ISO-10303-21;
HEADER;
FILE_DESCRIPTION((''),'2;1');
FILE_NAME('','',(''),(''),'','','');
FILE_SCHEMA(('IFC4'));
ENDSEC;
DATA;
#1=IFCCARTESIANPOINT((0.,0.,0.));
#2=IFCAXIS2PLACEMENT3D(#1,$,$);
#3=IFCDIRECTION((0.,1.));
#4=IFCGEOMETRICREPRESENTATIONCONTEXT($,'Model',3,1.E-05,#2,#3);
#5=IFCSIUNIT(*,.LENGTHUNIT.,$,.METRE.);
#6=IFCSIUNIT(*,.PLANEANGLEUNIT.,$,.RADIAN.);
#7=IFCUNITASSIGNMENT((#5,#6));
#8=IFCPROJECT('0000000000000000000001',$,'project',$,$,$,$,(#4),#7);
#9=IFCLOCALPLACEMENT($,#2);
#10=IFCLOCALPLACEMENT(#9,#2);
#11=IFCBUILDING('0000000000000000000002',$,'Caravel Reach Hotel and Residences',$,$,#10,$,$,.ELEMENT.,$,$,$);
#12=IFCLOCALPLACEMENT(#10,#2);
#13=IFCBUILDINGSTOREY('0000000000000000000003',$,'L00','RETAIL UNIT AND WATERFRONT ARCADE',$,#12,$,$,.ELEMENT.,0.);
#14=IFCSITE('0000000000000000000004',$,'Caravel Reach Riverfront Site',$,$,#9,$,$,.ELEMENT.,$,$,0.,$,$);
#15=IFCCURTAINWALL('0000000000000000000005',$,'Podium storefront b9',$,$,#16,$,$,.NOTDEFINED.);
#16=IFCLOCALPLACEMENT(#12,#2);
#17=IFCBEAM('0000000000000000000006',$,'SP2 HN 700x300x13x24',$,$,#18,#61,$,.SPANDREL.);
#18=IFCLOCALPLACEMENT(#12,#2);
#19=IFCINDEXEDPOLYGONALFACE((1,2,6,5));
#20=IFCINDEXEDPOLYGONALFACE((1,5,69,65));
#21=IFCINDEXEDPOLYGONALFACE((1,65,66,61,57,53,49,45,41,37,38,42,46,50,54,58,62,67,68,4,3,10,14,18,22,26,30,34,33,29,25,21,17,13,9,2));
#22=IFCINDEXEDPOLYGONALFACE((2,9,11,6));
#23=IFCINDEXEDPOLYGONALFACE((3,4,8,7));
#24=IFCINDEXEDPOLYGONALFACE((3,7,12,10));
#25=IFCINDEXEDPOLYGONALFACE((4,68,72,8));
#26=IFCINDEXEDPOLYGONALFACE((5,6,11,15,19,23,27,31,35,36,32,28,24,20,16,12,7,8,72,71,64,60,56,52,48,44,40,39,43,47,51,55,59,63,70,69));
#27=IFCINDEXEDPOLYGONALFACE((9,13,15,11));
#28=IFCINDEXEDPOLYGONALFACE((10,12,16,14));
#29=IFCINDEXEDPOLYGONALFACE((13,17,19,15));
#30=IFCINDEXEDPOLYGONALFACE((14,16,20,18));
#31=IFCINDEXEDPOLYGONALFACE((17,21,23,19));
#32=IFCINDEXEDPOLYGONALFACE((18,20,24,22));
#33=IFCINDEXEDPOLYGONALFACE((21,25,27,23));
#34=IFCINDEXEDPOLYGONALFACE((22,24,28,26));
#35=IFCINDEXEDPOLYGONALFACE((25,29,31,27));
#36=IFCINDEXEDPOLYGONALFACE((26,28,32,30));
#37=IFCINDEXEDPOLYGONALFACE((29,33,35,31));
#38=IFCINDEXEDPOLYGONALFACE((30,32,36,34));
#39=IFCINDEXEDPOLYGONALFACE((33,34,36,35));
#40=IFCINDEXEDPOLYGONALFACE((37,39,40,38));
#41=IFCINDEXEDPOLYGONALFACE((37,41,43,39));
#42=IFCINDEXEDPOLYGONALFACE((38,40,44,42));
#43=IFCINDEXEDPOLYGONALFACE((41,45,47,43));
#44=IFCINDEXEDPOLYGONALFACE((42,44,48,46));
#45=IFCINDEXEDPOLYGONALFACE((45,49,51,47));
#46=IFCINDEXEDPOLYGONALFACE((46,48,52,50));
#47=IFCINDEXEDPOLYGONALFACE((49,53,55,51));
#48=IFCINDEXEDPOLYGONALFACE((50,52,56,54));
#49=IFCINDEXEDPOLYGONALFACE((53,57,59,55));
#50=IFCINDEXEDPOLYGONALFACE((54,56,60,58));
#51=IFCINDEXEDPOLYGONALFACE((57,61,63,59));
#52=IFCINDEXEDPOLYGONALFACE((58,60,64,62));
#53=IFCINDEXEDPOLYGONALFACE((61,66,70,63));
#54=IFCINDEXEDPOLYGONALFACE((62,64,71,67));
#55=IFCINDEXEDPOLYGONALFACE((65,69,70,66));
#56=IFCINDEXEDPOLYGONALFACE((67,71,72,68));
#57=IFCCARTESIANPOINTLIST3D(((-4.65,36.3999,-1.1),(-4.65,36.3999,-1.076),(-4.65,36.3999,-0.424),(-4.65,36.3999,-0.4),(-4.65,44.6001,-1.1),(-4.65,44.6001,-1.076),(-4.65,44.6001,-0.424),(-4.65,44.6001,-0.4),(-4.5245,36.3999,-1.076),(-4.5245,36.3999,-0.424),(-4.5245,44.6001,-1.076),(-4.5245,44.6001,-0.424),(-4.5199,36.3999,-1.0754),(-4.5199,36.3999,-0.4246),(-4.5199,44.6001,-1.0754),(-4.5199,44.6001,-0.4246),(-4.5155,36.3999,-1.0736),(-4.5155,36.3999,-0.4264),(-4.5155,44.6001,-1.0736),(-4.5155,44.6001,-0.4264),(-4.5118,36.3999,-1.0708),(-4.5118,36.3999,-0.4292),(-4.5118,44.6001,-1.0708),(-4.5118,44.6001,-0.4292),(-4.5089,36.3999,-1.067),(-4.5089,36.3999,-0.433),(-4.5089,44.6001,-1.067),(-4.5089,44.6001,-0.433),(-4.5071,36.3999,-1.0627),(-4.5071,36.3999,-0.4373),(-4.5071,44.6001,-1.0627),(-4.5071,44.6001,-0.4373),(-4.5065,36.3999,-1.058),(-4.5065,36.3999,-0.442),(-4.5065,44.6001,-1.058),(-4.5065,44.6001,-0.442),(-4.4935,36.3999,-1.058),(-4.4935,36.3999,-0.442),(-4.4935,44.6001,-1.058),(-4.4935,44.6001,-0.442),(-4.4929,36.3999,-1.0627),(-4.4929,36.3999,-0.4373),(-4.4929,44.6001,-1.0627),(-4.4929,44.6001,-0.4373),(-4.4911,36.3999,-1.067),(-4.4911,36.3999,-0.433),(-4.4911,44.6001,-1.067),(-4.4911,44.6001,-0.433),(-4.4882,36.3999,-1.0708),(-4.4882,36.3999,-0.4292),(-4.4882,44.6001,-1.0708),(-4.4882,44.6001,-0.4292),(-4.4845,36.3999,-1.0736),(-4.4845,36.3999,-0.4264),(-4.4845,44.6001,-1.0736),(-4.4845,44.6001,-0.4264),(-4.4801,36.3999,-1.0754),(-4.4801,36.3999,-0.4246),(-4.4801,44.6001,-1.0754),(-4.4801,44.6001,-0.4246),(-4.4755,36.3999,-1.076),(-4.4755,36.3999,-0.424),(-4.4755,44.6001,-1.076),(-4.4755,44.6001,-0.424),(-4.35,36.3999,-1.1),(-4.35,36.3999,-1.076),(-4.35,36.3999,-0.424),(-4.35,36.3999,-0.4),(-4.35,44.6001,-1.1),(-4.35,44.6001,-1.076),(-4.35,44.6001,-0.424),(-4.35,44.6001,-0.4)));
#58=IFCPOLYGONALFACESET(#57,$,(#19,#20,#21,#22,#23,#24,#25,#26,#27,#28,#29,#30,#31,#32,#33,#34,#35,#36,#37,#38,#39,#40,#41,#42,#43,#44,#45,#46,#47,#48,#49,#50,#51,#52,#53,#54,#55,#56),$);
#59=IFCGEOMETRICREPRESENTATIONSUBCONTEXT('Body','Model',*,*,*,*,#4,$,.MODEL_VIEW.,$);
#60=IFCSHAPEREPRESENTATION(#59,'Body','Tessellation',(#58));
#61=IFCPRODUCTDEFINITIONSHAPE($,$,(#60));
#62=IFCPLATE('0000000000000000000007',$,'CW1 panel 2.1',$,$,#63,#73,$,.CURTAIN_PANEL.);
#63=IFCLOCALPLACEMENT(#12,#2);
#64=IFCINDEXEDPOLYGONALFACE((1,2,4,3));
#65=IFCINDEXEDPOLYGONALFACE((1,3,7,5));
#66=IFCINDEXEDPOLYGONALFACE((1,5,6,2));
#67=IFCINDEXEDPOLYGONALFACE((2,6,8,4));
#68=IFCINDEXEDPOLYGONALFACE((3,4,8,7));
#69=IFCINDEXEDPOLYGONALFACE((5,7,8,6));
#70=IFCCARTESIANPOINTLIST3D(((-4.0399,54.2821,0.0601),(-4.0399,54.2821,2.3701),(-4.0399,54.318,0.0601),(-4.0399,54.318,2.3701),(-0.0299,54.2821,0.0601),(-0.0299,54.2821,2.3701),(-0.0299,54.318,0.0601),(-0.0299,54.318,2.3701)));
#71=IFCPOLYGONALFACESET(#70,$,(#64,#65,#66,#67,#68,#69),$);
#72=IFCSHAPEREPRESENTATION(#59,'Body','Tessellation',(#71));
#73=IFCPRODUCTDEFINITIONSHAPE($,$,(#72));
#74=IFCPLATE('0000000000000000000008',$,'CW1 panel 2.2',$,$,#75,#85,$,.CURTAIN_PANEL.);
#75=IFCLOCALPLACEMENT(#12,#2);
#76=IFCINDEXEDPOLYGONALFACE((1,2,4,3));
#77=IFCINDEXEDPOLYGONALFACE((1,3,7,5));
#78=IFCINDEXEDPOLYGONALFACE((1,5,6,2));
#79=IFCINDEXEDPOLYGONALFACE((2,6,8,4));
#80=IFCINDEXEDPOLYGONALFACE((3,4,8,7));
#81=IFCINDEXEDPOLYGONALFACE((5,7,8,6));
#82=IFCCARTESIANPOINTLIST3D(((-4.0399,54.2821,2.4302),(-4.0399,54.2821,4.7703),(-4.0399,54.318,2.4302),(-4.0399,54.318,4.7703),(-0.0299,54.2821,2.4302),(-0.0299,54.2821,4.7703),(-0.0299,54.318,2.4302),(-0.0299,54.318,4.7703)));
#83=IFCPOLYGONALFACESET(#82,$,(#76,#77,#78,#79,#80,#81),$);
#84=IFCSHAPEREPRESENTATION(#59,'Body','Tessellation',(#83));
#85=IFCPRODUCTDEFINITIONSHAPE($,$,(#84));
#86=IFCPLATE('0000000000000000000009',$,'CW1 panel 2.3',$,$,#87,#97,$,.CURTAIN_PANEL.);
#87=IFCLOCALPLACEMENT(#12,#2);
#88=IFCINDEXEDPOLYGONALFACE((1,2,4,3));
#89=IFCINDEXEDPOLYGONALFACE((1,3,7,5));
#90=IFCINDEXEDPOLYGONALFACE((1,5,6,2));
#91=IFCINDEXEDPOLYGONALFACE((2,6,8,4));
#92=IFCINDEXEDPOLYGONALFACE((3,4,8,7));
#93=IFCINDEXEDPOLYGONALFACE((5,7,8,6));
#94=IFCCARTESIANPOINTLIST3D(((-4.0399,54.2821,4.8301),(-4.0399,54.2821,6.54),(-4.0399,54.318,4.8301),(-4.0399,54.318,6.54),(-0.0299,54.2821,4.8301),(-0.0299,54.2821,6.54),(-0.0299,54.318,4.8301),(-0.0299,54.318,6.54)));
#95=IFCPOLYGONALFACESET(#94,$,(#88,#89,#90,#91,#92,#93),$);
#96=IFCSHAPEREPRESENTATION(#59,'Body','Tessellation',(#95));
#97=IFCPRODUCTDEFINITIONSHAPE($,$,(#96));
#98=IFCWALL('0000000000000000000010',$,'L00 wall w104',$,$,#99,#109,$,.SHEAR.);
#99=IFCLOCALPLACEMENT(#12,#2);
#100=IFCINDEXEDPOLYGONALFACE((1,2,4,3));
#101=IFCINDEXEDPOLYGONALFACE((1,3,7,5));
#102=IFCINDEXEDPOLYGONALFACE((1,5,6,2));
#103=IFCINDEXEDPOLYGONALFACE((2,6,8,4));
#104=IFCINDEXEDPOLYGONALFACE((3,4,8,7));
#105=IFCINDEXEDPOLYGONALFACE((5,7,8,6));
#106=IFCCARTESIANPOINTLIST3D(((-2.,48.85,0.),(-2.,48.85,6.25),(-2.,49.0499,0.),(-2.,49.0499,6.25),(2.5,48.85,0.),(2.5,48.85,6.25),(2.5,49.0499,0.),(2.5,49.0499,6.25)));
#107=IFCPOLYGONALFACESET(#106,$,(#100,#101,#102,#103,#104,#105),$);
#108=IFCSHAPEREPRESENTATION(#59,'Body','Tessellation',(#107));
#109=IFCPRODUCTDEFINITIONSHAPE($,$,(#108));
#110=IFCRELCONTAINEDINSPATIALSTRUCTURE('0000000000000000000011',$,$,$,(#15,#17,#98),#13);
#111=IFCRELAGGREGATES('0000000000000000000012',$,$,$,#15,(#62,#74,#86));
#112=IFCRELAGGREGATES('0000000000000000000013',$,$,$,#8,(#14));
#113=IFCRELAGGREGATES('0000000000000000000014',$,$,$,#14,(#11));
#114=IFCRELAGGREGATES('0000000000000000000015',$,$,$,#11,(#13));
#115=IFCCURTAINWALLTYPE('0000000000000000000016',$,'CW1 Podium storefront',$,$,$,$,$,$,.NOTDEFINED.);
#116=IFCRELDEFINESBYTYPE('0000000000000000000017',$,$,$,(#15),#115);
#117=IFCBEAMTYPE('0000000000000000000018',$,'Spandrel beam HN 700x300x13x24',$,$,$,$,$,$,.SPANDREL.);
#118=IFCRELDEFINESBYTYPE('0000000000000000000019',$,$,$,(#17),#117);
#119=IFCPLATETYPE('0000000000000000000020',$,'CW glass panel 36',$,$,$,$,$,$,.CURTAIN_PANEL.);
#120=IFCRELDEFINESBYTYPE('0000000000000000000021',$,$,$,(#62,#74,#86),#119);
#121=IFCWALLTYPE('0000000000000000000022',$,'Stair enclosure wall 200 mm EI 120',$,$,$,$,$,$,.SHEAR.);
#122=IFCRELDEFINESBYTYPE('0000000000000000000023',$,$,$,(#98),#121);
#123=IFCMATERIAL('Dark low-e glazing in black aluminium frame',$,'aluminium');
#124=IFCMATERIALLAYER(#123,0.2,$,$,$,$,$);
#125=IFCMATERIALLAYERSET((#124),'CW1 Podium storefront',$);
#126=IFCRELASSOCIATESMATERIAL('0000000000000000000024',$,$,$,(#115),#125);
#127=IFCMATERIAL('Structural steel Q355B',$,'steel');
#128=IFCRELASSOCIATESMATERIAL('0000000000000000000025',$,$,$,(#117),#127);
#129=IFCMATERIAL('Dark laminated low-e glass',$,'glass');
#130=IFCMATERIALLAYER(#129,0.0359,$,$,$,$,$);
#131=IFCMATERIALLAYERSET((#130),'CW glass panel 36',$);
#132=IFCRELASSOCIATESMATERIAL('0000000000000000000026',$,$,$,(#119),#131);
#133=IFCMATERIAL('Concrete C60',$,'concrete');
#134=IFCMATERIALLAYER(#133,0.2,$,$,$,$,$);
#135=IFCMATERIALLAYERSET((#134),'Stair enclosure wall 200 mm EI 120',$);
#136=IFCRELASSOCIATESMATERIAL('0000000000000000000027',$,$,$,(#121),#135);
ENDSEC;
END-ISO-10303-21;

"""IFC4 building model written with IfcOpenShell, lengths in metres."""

from ifc_helpers import new_model, si_unit, direction, frame, frame_2d, origin, origin_2d, place, context, subcontext, project, spatial, rectangle, i_section, extrude, material, layer, layer_set, material_profile, profile_set, type_object, element, aggregate, save


model = new_model("IFC4")

# Units and contexts
model_context = context("Model", 3, precision=1e-05, world=origin(), true_north=direction((0.0, 1.0)))
body_context = subcontext(model_context, "Body", "Model", "MODEL_VIEW")
ifc_project = project(units=[si_unit("LENGTHUNIT", "METRE"), si_unit("PLANEANGLEUNIT", "RADIAN")], contexts=[model_context])

# Site, building, storey
site_placement = place(None, origin())
site = spatial("IfcSite", under=ifc_project, at=site_placement, Name="Caravel Reach Riverfront Site", CompositionType="ELEMENT", RefElevation=0.0)
building_placement = place(site_placement, origin())
building = spatial("IfcBuilding", under=site, at=building_placement, Name="Caravel Reach Hotel and Residences", CompositionType="ELEMENT")
storey_placement = place(building_placement, origin())
storey = spatial("IfcBuildingStorey", under=building, at=storey_placement, Name="L00", Description="RETAIL UNIT AND WATERFRONT ARCADE", CompositionType="ELEMENT", Elevation=0.0)

# Curtain wall
ifc_material_1 = material(Name="Dark low-e glazing in black aluminium frame", Category="aluminium")
ifc_layer_1 = layer(ifc_material_1, 0.2)
ifc_layer_set_1 = layer_set([ifc_layer_1], Name="CW1 Podium storefront")
curtain_wall_type = type_object("IfcCurtainWallType", Name="CW1 Podium storefront", PredefinedType="NOTDEFINED", material=ifc_layer_set_1)
curtain_wall_placement = place(storey_placement, origin())
curtain_wall = element("IfcCurtainWall", 1, at=curtain_wall_placement, inside=storey, type_object=curtain_wall_type, Name="Podium storefront b9", PredefinedType="NOTDEFINED")

# Beam
ifc_material_2 = material(Name="Structural steel Q355B", Category="steel")
ifc_material_profile_1 = material_profile(ifc_material_2, i_section(OverallWidth=0.3, OverallDepth=0.7, WebThickness=0.0129, FlangeThickness=0.0239, FilletRadius=0.0181, at=origin_2d()), Name="HN 700x300x13x24")
ifc_profile_set_1 = profile_set([ifc_material_profile_1], Name="Structural steel Q355B")
beam_type = type_object("IfcBeamType", Name="Spandrel beam HN 700x300x13x24", PredefinedType="SPANDREL", material=ifc_profile_set_1)
for number, where, z_axis, x_axis, name in (
    (2, (-4.5, 44.6001, -0.75), (0.0, -1.0, 0.0), (1.0, 0.0, 0.0), "SP2 HN 700x300x13x24"),
):
    element("IfcBeam", number, at=place(storey_placement, frame(where, z_axis=z_axis, x_axis=x_axis)), inside=storey, type_object=beam_type, Name=name, PredefinedType="SPANDREL", context=body_context, shape_type="SweptSolid", body=[
        extrude(i_section(OverallWidth=0.3, OverallDepth=0.7, WebThickness=0.0129, FlangeThickness=0.0239, FilletRadius=0.0181, at=origin_2d()), origin(), (0.0, 0.0, 1.0), 8.2002),
    ])

# Plates
ifc_material_3 = material(Name="Dark laminated low-e glass", Category="glass")
ifc_layer_2 = layer(ifc_material_3, 0.0359)
ifc_layer_set_2 = layer_set([ifc_layer_2], Name="CW glass panel 36")
plate_type = type_object("IfcPlateType", Name="CW glass panel 36", PredefinedType="CURTAIN_PANEL", material=ifc_layer_set_2)
plate_1_placement = place(storey_placement, frame((-2.0349, 54.3, 0.0601), z_axis=(0.0, 0.0, 1.0), x_axis=(-1.0, 0.0, 0.0)))
plate_1 = element("IfcPlate", 3, at=plate_1_placement, type_object=plate_type, Name="CW1 panel 2.1", PredefinedType="CURTAIN_PANEL", context=body_context, shape_type="SweptSolid", body=[
    extrude(rectangle(XDim=4.01, YDim=0.0359, at=origin_2d()), origin(), (0.0, 0.0, 1.0), 2.3101),
])
plate_2_placement = place(storey_placement, frame((-2.0349, 54.3, 2.4302), z_axis=(0.0, 0.0, 1.0), x_axis=(-1.0, 0.0, 0.0)))
plate_2 = element("IfcPlate", 4, at=plate_2_placement, type_object=plate_type, Name="CW1 panel 2.2", PredefinedType="CURTAIN_PANEL", context=body_context, shape_type="SweptSolid", body=[
    extrude(rectangle(XDim=4.01, YDim=0.0359, at=origin_2d()), origin(), (0.0, 0.0, 1.0), 2.3401),
])
plate_3_placement = place(storey_placement, frame((-2.0349, 54.3, 4.8301), z_axis=(0.0, 0.0, 1.0), x_axis=(-1.0, 0.0, 0.0)))
plate_3 = element("IfcPlate", 5, at=plate_3_placement, type_object=plate_type, Name="CW1 panel 2.3", PredefinedType="CURTAIN_PANEL", context=body_context, shape_type="SweptSolid", body=[
    extrude(rectangle(XDim=4.01, YDim=0.0359, at=origin_2d()), origin(), (0.0, 0.0, 1.0), 1.71),
])
aggregate(curtain_wall, [plate_1, plate_2, plate_3])

# Wall
ifc_material_4 = material(Name="Concrete C60", Category="concrete")
ifc_layer_3 = layer(ifc_material_4, 0.2)
ifc_layer_set_3 = layer_set([ifc_layer_3], Name="Stair enclosure wall 200 mm EI 120")
wall_type_1 = type_object("IfcWallType", Name="Stair enclosure wall 200 mm EI 120", PredefinedType="SHEAR", material=ifc_layer_set_3)
wall_1_placement = place(storey_placement, frame((-2.0, 48.95, 0.0), z_axis=(0.0, 0.0, 1.0), x_axis=(1.0, 0.0, 0.0)))
element("IfcWall", 6, at=wall_1_placement, inside=storey, type_object=wall_type_1, Name="L00 wall w104", PredefinedType="SHEAR", context=body_context, shape_type="SweptSolid", body=[
    extrude(rectangle(XDim=4.5, YDim=0.2, at=frame_2d((2.25, 0.0))), origin(), (0.0, 0.0, 1.0), 6.25),
])

save(model, "model.ifc")
